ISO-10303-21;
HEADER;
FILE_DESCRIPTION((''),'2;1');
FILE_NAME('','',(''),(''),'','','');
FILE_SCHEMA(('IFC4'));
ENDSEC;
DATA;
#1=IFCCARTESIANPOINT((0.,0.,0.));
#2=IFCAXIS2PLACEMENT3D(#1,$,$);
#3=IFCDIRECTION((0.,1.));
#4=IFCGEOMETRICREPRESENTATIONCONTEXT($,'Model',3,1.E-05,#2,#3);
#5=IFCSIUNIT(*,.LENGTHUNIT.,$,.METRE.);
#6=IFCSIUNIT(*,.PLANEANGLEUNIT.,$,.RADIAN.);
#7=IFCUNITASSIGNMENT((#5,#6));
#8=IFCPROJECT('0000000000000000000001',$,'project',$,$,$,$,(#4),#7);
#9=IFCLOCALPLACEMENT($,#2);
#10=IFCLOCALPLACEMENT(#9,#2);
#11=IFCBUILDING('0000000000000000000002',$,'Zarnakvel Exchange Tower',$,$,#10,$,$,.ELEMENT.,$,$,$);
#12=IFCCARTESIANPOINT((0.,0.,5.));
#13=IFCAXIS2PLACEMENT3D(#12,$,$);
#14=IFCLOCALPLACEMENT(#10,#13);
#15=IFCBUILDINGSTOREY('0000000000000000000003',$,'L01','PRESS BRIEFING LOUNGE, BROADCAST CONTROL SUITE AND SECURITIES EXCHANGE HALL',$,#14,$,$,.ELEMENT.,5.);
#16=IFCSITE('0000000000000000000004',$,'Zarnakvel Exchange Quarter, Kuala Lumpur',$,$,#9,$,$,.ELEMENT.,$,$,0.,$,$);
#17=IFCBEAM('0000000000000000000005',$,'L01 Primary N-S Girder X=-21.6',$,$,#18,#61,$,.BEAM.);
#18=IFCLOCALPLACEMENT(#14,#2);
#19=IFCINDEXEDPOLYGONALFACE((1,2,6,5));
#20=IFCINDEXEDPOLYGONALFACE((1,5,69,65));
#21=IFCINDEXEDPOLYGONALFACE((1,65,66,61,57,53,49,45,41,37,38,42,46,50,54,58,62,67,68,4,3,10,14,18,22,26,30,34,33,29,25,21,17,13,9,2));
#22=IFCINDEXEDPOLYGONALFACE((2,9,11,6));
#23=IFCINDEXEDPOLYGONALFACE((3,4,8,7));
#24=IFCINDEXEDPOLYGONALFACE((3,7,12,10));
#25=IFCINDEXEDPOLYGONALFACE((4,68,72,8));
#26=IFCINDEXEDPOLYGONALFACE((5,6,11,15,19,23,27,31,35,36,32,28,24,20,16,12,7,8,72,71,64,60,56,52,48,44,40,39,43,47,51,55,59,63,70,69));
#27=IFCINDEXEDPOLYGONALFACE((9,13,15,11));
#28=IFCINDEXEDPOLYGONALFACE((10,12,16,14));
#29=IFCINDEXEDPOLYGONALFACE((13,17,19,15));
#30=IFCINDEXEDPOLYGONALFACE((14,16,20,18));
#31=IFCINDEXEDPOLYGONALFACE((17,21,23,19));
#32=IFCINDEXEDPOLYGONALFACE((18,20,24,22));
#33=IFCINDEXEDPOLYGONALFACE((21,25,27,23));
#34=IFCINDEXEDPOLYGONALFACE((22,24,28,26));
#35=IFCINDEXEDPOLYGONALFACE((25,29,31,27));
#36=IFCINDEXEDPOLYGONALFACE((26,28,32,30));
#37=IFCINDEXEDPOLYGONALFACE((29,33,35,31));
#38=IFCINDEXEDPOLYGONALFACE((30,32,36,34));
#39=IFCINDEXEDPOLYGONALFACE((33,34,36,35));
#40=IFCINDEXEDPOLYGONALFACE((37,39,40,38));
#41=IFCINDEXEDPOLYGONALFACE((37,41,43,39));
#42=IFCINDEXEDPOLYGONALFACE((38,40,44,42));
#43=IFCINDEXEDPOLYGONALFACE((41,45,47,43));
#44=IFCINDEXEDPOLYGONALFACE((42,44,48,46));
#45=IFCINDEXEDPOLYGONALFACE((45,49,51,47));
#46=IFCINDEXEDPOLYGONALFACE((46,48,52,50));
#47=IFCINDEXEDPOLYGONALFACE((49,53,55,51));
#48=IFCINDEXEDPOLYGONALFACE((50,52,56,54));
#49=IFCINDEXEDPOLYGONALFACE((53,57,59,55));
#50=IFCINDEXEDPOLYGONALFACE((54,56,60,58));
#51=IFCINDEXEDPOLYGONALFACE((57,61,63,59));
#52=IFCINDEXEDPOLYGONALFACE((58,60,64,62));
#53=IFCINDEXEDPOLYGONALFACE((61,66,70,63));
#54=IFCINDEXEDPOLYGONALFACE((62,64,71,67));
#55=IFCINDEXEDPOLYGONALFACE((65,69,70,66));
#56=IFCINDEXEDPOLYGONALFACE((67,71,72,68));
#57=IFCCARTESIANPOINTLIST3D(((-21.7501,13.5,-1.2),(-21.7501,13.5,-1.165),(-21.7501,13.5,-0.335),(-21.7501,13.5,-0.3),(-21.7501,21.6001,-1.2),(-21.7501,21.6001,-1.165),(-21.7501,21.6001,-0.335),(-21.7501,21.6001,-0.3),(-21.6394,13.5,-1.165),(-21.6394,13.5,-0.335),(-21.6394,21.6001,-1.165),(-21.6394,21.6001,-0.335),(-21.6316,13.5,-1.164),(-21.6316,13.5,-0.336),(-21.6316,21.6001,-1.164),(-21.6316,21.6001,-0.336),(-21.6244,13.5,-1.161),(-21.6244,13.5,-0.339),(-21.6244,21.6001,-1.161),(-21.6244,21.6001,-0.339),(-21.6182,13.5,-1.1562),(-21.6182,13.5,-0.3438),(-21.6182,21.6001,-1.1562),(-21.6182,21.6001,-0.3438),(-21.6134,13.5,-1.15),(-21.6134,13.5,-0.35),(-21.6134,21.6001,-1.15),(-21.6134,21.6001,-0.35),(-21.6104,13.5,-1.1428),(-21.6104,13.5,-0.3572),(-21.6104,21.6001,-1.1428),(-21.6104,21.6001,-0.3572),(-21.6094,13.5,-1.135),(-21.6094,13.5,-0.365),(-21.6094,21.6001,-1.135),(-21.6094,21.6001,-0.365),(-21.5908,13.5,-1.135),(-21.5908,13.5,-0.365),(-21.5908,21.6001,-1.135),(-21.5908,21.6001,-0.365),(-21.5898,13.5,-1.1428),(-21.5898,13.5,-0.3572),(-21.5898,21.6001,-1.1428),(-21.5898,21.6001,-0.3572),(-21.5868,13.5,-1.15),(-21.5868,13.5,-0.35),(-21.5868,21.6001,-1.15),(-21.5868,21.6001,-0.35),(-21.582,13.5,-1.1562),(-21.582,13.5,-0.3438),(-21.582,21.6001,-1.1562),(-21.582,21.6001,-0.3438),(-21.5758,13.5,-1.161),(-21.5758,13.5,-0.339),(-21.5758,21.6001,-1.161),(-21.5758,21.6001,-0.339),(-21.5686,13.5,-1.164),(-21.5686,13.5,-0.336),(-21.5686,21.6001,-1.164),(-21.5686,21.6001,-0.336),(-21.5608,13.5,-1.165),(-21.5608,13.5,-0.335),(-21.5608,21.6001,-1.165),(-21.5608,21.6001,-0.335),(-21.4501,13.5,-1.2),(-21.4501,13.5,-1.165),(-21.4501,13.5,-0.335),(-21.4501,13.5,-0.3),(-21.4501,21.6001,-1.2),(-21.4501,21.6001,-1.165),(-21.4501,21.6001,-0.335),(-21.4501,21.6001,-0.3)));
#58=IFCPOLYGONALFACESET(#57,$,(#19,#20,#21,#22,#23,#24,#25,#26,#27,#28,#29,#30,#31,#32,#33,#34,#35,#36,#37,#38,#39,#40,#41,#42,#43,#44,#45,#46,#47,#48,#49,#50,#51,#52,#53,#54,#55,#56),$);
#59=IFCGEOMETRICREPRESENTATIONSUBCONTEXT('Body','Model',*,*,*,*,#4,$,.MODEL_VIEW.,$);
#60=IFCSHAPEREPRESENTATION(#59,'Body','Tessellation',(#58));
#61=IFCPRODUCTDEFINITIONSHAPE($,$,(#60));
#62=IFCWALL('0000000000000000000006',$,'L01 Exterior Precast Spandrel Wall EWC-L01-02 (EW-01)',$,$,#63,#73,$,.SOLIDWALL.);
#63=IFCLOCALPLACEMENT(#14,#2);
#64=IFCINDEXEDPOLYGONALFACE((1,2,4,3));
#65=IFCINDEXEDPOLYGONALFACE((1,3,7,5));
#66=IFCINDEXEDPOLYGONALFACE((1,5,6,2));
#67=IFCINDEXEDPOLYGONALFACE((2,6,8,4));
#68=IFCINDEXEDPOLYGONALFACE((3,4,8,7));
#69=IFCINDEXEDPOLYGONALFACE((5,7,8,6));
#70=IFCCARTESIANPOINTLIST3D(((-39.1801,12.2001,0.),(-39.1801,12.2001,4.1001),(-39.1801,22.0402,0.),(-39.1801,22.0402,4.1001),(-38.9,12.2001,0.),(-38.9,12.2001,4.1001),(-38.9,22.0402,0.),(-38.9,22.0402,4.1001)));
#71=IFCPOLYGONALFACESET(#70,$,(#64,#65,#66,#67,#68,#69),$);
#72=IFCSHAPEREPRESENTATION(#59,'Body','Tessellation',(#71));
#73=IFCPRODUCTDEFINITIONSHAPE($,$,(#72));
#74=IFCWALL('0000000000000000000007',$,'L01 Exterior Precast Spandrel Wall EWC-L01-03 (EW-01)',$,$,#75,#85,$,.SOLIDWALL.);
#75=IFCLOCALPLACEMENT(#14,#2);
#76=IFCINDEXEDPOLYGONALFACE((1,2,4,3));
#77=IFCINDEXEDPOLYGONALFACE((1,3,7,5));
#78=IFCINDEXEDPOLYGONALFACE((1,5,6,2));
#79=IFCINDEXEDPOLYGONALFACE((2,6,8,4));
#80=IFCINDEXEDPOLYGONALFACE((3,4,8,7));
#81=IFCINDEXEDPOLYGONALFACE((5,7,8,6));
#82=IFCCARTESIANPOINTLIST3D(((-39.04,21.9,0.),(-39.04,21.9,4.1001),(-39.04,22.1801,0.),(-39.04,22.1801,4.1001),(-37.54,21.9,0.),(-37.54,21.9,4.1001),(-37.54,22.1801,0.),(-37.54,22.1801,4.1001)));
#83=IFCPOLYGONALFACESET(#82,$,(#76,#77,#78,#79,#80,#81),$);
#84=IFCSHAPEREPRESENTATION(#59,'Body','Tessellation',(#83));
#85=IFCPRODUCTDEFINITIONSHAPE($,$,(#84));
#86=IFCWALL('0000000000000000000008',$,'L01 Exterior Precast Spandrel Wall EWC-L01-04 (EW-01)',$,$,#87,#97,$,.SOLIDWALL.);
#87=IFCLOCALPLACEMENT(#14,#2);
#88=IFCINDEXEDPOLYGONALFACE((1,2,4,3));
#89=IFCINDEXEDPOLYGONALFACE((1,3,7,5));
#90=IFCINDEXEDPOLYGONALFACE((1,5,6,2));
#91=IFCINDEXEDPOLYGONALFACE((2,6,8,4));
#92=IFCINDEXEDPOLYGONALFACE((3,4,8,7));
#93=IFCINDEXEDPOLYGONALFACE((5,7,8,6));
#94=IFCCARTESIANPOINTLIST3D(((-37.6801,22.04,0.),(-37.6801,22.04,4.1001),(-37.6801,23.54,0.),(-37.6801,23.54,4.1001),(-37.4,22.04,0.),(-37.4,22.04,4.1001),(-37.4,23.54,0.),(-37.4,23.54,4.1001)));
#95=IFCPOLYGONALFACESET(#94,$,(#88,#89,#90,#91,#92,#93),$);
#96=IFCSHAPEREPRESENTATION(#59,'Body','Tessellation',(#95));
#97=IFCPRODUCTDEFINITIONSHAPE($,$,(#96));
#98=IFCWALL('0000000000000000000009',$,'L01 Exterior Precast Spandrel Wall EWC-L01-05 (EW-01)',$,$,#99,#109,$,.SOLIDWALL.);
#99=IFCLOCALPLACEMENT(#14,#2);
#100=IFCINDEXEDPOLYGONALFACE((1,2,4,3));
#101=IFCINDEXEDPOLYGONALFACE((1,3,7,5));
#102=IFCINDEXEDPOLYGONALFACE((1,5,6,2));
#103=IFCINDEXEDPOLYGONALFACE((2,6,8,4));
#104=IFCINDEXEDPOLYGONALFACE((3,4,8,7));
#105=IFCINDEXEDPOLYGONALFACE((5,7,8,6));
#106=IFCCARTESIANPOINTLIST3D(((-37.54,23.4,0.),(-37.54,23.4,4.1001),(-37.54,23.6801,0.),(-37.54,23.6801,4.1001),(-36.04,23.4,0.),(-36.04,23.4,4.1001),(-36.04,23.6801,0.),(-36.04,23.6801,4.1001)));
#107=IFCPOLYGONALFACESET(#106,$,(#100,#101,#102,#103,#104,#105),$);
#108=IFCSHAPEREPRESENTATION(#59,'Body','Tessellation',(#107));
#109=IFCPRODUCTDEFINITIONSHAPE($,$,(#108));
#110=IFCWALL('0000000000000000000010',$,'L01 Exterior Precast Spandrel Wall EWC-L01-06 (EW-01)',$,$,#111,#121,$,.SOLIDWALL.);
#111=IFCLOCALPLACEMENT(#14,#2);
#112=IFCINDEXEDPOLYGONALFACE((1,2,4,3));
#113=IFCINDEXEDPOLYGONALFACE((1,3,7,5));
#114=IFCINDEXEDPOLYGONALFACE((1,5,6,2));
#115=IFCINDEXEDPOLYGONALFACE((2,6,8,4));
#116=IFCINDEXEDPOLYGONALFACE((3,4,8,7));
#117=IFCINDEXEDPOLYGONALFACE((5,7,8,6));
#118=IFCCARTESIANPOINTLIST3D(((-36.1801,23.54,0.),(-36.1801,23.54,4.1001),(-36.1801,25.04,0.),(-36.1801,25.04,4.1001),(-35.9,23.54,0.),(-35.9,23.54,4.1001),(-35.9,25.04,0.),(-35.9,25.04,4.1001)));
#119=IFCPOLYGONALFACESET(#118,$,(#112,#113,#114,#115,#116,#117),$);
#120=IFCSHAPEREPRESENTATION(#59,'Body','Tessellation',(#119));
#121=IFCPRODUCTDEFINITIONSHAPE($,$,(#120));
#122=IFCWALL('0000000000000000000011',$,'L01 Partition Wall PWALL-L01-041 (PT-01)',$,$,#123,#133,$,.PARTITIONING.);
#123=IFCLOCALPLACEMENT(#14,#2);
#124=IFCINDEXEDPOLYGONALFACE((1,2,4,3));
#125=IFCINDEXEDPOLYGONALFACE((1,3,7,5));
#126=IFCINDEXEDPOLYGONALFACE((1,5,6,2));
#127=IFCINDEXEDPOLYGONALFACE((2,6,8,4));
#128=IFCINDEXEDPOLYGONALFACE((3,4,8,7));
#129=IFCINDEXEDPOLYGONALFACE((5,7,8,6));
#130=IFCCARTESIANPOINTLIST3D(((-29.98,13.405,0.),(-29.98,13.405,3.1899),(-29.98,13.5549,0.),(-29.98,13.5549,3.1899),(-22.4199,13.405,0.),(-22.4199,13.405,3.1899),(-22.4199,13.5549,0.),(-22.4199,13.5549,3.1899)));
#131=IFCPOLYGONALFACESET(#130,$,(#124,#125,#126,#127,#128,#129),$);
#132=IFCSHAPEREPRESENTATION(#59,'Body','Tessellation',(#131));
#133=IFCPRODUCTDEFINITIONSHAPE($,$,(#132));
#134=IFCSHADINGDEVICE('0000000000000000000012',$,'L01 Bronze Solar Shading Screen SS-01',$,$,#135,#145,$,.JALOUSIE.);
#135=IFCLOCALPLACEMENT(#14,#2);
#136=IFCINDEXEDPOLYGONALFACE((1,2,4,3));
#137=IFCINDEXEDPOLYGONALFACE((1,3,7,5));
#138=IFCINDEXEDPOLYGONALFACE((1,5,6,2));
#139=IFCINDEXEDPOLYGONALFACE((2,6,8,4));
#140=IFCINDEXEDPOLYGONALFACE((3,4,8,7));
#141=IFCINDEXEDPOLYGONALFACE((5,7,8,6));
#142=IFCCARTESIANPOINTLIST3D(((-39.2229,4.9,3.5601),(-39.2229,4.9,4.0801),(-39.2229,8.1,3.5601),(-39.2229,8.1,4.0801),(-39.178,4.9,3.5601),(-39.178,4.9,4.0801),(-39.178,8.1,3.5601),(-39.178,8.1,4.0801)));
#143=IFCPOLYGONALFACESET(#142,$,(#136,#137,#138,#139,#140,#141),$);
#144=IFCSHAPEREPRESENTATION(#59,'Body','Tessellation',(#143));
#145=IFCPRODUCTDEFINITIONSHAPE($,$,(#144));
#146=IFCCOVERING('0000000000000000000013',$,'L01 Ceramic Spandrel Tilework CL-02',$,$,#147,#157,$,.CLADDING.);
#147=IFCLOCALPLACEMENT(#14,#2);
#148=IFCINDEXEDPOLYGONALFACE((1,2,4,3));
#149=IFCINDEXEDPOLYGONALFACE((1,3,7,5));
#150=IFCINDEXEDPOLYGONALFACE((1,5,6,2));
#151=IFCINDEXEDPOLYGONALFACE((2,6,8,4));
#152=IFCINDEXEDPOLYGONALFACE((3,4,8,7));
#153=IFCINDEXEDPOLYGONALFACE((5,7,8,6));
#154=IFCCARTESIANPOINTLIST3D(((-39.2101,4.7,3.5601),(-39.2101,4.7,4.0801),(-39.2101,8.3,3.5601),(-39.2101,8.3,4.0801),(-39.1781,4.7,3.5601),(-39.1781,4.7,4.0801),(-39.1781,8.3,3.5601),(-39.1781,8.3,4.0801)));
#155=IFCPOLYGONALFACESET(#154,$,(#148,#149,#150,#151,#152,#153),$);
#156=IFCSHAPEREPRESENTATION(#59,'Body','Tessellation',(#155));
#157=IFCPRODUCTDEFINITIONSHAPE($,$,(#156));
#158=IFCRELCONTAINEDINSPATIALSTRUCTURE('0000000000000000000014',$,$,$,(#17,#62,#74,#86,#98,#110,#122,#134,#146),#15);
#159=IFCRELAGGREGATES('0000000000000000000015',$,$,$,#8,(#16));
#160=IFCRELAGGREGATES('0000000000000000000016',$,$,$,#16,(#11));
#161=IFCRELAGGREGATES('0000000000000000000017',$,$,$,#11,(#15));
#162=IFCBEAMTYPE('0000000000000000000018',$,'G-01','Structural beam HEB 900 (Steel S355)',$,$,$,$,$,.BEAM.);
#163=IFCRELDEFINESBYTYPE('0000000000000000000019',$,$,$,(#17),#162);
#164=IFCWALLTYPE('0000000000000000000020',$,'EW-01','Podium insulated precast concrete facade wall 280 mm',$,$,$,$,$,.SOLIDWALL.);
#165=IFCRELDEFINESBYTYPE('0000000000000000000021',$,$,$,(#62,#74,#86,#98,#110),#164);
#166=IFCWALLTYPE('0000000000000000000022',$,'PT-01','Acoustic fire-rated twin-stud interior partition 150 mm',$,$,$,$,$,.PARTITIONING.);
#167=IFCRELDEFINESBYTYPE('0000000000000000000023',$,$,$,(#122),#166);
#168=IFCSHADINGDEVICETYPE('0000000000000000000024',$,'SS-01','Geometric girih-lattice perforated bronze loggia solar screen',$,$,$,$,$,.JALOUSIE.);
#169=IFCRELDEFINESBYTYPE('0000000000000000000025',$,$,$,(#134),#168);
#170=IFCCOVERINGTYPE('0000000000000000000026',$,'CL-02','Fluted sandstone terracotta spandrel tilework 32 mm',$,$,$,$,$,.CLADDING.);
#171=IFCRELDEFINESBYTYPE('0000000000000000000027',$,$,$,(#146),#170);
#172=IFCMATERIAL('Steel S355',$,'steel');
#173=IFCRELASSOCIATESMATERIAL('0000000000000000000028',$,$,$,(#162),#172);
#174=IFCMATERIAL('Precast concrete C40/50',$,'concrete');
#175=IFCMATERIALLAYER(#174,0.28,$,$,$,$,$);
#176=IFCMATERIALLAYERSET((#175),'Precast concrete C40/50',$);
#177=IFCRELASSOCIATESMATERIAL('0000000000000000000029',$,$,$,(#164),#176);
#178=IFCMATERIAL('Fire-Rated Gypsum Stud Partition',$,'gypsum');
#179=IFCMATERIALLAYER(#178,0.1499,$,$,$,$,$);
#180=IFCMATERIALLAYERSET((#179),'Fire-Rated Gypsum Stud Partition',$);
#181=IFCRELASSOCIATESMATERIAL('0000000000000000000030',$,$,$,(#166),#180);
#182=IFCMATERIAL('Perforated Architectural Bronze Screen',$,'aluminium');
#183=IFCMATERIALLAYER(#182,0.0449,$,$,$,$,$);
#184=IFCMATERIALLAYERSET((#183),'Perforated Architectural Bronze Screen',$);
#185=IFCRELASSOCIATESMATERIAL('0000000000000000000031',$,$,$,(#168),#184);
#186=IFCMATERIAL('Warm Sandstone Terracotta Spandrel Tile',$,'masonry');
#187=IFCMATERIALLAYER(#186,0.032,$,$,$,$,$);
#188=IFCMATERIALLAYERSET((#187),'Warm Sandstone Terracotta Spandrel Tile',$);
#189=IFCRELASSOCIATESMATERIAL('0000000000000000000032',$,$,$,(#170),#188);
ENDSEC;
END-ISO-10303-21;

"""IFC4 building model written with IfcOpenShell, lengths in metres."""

from ifc_helpers import new_model, si_unit, direction, frame, frame_2d, origin, origin_2d, place, context, subcontext, project, spatial, rectangle, i_section, extrude, source, transform, mapped, material, layer, layer_set, material_profile, profile_set, type_object, element, save


model = new_model("IFC4")

# Units and contexts
model_context = context("Model", 3, precision=1e-05, world=origin(), true_north=direction((0.0, 1.0)))
body_context = subcontext(model_context, "Body", "Model", "MODEL_VIEW")
ifc_project = project(units=[si_unit("LENGTHUNIT", "METRE"), si_unit("PLANEANGLEUNIT", "RADIAN")], contexts=[model_context])

# Site, building, storey
site_placement = place(None, origin())
site = spatial("IfcSite", under=ifc_project, at=site_placement, Name="Zarnakvel Exchange Quarter, Kuala Lumpur", CompositionType="ELEMENT", RefElevation=0.0)
building_placement = place(site_placement, origin())
building = spatial("IfcBuilding", under=site, at=building_placement, Name="Zarnakvel Exchange Tower", CompositionType="ELEMENT")
storey_placement = place(building_placement, frame((0.0, 0.0, 5.0)))
storey = spatial("IfcBuildingStorey", under=building, at=storey_placement, Name="L01", Description="PRESS BRIEFING LOUNGE, BROADCAST CONTROL SUITE AND SECURITIES EXCHANGE HALL", CompositionType="ELEMENT", Elevation=5.0)

# Beam
ifc_material_1 = material(Name="Steel S355", Category="steel")
ifc_material_profile_1 = material_profile(ifc_material_1, i_section(OverallWidth=0.3, OverallDepth=0.8999, WebThickness=0.0186, FlangeThickness=0.0349, FilletRadius=0.03, at=origin_2d()))
ifc_profile_set_1 = profile_set([ifc_material_profile_1], Name="Steel S355")
beam_type_1 = type_object("IfcBeamType", Name="G-01", Description="Structural beam HEB 900 (Steel S355)", PredefinedType="BEAM", material=ifc_profile_set_1)
beam_1_placement = place(storey_placement, frame((-21.6001, 13.5, -0.75), z_axis=(0.0, 1.0, 0.0), x_axis=(-1.0, 0.0, 0.0)))
element("IfcBeam", 1, at=beam_1_placement, inside=storey, type_object=beam_type_1, Name="L01 Primary N-S Girder X=-21.6", PredefinedType="BEAM", context=body_context, shape_type="SweptSolid", body=[
    extrude(i_section(OverallWidth=0.3, OverallDepth=0.8999, WebThickness=0.0186, FlangeThickness=0.0349, FilletRadius=0.03, at=origin_2d()), origin(), (0.0, 0.0, 1.0), 8.1001),
])

# Walls
ifc_material_2 = material(Name="Precast concrete C40/50", Category="concrete")
ifc_layer_1 = layer(ifc_material_2, 0.28)
ifc_layer_set_1 = layer_set([ifc_layer_1], Name="Precast concrete C40/50")
wall_type_1 = type_object("IfcWallType", Name="EW-01", Description="Podium insulated precast concrete facade wall 280 mm", PredefinedType="SOLIDWALL", material=ifc_layer_set_1)
wall_1_placement = place(storey_placement, frame((-39.04, 22.04, 0.0), z_axis=(0.0, 0.0, 1.0), x_axis=(0.0, -1.0, 0.0)))
element("IfcWall", 2, at=wall_1_placement, inside=storey, type_object=wall_type_1, Name="L01 Exterior Precast Spandrel Wall EWC-L01-02 (EW-01)", PredefinedType="SOLIDWALL", context=body_context, shape_type="SweptSolid", body=[
    extrude(rectangle(XDim=9.8401, YDim=0.28, at=frame_2d((4.9199, 0.0))), origin(), (0.0, 0.0, 1.0), 4.1001),
])
for number, where, z_axis, x_axis, name in (
    (3, (-37.54, 22.04, 0.0), (0.0, 0.0, 1.0), (-1.0, 0.0, 0.0), "L01 Exterior Precast Spandrel Wall EWC-L01-03 (EW-01)"),
    (4, (-37.54, 23.54, 0.0), (0.0, 0.0, 1.0), (0.0, -1.0, 0.0), "L01 Exterior Precast Spandrel Wall EWC-L01-04 (EW-01)"),
    (5, (-36.04, 23.54, 0.0), (0.0, 0.0, 1.0), (-1.0, 0.0, 0.0), "L01 Exterior Precast Spandrel Wall EWC-L01-05 (EW-01)"),
    (6, (-36.04, 25.04, 0.0), (0.0, 0.0, 1.0), (0.0, -1.0, 0.0), "L01 Exterior Precast Spandrel Wall EWC-L01-06 (EW-01)"),
):
    element("IfcWall", number, at=place(storey_placement, frame(where, z_axis=z_axis, x_axis=x_axis)), inside=storey, type_object=wall_type_1, Name=name, PredefinedType="SOLIDWALL", context=body_context, shape_type="SweptSolid", body=[
        extrude(rectangle(XDim=1.5, YDim=0.28, at=frame_2d((0.75, 0.0))), origin(), (0.0, 0.0, 1.0), 4.1001),
    ])
ifc_material_3 = material(Name="Fire-Rated Gypsum Stud Partition", Category="gypsum")
ifc_layer_2 = layer(ifc_material_3, 0.1499)
ifc_layer_set_2 = layer_set([ifc_layer_2], Name="Fire-Rated Gypsum Stud Partition")
wall_type_2 = type_object("IfcWallType", Name="PT-01", Description="Acoustic fire-rated twin-stud interior partition 150 mm", PredefinedType="PARTITIONING", material=ifc_layer_set_2)
wall_2_placement = place(storey_placement, frame((-29.98, 13.48, 0.0), z_axis=(0.0, 0.0, 1.0), x_axis=(1.0, 0.0, 0.0)))
element("IfcWall", 7, at=wall_2_placement, inside=storey, type_object=wall_type_2, Name="L01 Partition Wall PWALL-L01-041 (PT-01)", PredefinedType="PARTITIONING", context=body_context, shape_type="SweptSolid", body=[
    extrude(rectangle(XDim=7.5601, YDim=0.1499, at=frame_2d((3.78, 0.0))), origin(), (0.0, 0.0, 1.0), 3.1899),
])

# Shading device
ifc_material_4 = material(Name="Perforated Architectural Bronze Screen", Category="aluminium")
ifc_layer_3 = layer(ifc_material_4, 0.0449)
ifc_layer_set_3 = layer_set([ifc_layer_3], Name="Perforated Architectural Bronze Screen")
shading_device_type = type_object("IfcShadingDeviceType", Name="SS-01", Description="Geometric girih-lattice perforated bronze loggia solar screen", PredefinedType="JALOUSIE", material=ifc_layer_set_3)
shared_shape_1 = source(origin(), body_context, "Body", "SweptSolid", [
    extrude(rectangle(XDim=3.2, YDim=0.0449, at=origin_2d()), origin(), (0.0, 0.0, 1.0), 0.52),
])
shading_device_placement = place(storey_placement, frame((-39.2004, 6.5, 3.5601), z_axis=(0.0, 0.0, 1.0), x_axis=(0.0, 1.0, 0.0)))
element("IfcShadingDevice", 8, at=shading_device_placement, inside=storey, type_object=shading_device_type, Name="L01 Bronze Solar Shading Screen SS-01", PredefinedType="JALOUSIE", context=body_context, shape_type="MappedRepresentation", body=[
    mapped(shared_shape_1, transform((0.0, 0.0, 0.0), x_axis=(1.0, 0.0, 0.0), y_axis=(0.0, 1.0, 0.0), z_axis=(0.0, 0.0, 1.0), scale=1.0)),
])

# Covering
ifc_material_5 = material(Name="Warm Sandstone Terracotta Spandrel Tile", Category="masonry")
ifc_layer_4 = layer(ifc_material_5, 0.032)
ifc_layer_set_4 = layer_set([ifc_layer_4], Name="Warm Sandstone Terracotta Spandrel Tile")
covering_type = type_object("IfcCoveringType", Name="CL-02", Description="Fluted sandstone terracotta spandrel tilework 32 mm", PredefinedType="CLADDING", material=ifc_layer_set_4)
shared_shape_2 = source(origin(), body_context, "Body", "SweptSolid", [
    extrude(rectangle(XDim=3.6001, YDim=0.032, at=origin_2d()), origin(), (0.0, 0.0, 1.0), 0.52),
])
covering_placement = place(storey_placement, frame((-39.1941, 6.5, 3.5601), z_axis=(0.0, 0.0, 1.0), x_axis=(0.0, 1.0, 0.0)))
element("IfcCovering", 9, at=covering_placement, inside=storey, type_object=covering_type, Name="L01 Ceramic Spandrel Tilework CL-02", PredefinedType="CLADDING", context=body_context, shape_type="MappedRepresentation", body=[
    mapped(shared_shape_2, transform((0.0, 0.0, 0.0), x_axis=(1.0, 0.0, 0.0), y_axis=(0.0, 1.0, 0.0), z_axis=(0.0, 0.0, 1.0), scale=1.0)),
])

save(model, "model.ifc")
